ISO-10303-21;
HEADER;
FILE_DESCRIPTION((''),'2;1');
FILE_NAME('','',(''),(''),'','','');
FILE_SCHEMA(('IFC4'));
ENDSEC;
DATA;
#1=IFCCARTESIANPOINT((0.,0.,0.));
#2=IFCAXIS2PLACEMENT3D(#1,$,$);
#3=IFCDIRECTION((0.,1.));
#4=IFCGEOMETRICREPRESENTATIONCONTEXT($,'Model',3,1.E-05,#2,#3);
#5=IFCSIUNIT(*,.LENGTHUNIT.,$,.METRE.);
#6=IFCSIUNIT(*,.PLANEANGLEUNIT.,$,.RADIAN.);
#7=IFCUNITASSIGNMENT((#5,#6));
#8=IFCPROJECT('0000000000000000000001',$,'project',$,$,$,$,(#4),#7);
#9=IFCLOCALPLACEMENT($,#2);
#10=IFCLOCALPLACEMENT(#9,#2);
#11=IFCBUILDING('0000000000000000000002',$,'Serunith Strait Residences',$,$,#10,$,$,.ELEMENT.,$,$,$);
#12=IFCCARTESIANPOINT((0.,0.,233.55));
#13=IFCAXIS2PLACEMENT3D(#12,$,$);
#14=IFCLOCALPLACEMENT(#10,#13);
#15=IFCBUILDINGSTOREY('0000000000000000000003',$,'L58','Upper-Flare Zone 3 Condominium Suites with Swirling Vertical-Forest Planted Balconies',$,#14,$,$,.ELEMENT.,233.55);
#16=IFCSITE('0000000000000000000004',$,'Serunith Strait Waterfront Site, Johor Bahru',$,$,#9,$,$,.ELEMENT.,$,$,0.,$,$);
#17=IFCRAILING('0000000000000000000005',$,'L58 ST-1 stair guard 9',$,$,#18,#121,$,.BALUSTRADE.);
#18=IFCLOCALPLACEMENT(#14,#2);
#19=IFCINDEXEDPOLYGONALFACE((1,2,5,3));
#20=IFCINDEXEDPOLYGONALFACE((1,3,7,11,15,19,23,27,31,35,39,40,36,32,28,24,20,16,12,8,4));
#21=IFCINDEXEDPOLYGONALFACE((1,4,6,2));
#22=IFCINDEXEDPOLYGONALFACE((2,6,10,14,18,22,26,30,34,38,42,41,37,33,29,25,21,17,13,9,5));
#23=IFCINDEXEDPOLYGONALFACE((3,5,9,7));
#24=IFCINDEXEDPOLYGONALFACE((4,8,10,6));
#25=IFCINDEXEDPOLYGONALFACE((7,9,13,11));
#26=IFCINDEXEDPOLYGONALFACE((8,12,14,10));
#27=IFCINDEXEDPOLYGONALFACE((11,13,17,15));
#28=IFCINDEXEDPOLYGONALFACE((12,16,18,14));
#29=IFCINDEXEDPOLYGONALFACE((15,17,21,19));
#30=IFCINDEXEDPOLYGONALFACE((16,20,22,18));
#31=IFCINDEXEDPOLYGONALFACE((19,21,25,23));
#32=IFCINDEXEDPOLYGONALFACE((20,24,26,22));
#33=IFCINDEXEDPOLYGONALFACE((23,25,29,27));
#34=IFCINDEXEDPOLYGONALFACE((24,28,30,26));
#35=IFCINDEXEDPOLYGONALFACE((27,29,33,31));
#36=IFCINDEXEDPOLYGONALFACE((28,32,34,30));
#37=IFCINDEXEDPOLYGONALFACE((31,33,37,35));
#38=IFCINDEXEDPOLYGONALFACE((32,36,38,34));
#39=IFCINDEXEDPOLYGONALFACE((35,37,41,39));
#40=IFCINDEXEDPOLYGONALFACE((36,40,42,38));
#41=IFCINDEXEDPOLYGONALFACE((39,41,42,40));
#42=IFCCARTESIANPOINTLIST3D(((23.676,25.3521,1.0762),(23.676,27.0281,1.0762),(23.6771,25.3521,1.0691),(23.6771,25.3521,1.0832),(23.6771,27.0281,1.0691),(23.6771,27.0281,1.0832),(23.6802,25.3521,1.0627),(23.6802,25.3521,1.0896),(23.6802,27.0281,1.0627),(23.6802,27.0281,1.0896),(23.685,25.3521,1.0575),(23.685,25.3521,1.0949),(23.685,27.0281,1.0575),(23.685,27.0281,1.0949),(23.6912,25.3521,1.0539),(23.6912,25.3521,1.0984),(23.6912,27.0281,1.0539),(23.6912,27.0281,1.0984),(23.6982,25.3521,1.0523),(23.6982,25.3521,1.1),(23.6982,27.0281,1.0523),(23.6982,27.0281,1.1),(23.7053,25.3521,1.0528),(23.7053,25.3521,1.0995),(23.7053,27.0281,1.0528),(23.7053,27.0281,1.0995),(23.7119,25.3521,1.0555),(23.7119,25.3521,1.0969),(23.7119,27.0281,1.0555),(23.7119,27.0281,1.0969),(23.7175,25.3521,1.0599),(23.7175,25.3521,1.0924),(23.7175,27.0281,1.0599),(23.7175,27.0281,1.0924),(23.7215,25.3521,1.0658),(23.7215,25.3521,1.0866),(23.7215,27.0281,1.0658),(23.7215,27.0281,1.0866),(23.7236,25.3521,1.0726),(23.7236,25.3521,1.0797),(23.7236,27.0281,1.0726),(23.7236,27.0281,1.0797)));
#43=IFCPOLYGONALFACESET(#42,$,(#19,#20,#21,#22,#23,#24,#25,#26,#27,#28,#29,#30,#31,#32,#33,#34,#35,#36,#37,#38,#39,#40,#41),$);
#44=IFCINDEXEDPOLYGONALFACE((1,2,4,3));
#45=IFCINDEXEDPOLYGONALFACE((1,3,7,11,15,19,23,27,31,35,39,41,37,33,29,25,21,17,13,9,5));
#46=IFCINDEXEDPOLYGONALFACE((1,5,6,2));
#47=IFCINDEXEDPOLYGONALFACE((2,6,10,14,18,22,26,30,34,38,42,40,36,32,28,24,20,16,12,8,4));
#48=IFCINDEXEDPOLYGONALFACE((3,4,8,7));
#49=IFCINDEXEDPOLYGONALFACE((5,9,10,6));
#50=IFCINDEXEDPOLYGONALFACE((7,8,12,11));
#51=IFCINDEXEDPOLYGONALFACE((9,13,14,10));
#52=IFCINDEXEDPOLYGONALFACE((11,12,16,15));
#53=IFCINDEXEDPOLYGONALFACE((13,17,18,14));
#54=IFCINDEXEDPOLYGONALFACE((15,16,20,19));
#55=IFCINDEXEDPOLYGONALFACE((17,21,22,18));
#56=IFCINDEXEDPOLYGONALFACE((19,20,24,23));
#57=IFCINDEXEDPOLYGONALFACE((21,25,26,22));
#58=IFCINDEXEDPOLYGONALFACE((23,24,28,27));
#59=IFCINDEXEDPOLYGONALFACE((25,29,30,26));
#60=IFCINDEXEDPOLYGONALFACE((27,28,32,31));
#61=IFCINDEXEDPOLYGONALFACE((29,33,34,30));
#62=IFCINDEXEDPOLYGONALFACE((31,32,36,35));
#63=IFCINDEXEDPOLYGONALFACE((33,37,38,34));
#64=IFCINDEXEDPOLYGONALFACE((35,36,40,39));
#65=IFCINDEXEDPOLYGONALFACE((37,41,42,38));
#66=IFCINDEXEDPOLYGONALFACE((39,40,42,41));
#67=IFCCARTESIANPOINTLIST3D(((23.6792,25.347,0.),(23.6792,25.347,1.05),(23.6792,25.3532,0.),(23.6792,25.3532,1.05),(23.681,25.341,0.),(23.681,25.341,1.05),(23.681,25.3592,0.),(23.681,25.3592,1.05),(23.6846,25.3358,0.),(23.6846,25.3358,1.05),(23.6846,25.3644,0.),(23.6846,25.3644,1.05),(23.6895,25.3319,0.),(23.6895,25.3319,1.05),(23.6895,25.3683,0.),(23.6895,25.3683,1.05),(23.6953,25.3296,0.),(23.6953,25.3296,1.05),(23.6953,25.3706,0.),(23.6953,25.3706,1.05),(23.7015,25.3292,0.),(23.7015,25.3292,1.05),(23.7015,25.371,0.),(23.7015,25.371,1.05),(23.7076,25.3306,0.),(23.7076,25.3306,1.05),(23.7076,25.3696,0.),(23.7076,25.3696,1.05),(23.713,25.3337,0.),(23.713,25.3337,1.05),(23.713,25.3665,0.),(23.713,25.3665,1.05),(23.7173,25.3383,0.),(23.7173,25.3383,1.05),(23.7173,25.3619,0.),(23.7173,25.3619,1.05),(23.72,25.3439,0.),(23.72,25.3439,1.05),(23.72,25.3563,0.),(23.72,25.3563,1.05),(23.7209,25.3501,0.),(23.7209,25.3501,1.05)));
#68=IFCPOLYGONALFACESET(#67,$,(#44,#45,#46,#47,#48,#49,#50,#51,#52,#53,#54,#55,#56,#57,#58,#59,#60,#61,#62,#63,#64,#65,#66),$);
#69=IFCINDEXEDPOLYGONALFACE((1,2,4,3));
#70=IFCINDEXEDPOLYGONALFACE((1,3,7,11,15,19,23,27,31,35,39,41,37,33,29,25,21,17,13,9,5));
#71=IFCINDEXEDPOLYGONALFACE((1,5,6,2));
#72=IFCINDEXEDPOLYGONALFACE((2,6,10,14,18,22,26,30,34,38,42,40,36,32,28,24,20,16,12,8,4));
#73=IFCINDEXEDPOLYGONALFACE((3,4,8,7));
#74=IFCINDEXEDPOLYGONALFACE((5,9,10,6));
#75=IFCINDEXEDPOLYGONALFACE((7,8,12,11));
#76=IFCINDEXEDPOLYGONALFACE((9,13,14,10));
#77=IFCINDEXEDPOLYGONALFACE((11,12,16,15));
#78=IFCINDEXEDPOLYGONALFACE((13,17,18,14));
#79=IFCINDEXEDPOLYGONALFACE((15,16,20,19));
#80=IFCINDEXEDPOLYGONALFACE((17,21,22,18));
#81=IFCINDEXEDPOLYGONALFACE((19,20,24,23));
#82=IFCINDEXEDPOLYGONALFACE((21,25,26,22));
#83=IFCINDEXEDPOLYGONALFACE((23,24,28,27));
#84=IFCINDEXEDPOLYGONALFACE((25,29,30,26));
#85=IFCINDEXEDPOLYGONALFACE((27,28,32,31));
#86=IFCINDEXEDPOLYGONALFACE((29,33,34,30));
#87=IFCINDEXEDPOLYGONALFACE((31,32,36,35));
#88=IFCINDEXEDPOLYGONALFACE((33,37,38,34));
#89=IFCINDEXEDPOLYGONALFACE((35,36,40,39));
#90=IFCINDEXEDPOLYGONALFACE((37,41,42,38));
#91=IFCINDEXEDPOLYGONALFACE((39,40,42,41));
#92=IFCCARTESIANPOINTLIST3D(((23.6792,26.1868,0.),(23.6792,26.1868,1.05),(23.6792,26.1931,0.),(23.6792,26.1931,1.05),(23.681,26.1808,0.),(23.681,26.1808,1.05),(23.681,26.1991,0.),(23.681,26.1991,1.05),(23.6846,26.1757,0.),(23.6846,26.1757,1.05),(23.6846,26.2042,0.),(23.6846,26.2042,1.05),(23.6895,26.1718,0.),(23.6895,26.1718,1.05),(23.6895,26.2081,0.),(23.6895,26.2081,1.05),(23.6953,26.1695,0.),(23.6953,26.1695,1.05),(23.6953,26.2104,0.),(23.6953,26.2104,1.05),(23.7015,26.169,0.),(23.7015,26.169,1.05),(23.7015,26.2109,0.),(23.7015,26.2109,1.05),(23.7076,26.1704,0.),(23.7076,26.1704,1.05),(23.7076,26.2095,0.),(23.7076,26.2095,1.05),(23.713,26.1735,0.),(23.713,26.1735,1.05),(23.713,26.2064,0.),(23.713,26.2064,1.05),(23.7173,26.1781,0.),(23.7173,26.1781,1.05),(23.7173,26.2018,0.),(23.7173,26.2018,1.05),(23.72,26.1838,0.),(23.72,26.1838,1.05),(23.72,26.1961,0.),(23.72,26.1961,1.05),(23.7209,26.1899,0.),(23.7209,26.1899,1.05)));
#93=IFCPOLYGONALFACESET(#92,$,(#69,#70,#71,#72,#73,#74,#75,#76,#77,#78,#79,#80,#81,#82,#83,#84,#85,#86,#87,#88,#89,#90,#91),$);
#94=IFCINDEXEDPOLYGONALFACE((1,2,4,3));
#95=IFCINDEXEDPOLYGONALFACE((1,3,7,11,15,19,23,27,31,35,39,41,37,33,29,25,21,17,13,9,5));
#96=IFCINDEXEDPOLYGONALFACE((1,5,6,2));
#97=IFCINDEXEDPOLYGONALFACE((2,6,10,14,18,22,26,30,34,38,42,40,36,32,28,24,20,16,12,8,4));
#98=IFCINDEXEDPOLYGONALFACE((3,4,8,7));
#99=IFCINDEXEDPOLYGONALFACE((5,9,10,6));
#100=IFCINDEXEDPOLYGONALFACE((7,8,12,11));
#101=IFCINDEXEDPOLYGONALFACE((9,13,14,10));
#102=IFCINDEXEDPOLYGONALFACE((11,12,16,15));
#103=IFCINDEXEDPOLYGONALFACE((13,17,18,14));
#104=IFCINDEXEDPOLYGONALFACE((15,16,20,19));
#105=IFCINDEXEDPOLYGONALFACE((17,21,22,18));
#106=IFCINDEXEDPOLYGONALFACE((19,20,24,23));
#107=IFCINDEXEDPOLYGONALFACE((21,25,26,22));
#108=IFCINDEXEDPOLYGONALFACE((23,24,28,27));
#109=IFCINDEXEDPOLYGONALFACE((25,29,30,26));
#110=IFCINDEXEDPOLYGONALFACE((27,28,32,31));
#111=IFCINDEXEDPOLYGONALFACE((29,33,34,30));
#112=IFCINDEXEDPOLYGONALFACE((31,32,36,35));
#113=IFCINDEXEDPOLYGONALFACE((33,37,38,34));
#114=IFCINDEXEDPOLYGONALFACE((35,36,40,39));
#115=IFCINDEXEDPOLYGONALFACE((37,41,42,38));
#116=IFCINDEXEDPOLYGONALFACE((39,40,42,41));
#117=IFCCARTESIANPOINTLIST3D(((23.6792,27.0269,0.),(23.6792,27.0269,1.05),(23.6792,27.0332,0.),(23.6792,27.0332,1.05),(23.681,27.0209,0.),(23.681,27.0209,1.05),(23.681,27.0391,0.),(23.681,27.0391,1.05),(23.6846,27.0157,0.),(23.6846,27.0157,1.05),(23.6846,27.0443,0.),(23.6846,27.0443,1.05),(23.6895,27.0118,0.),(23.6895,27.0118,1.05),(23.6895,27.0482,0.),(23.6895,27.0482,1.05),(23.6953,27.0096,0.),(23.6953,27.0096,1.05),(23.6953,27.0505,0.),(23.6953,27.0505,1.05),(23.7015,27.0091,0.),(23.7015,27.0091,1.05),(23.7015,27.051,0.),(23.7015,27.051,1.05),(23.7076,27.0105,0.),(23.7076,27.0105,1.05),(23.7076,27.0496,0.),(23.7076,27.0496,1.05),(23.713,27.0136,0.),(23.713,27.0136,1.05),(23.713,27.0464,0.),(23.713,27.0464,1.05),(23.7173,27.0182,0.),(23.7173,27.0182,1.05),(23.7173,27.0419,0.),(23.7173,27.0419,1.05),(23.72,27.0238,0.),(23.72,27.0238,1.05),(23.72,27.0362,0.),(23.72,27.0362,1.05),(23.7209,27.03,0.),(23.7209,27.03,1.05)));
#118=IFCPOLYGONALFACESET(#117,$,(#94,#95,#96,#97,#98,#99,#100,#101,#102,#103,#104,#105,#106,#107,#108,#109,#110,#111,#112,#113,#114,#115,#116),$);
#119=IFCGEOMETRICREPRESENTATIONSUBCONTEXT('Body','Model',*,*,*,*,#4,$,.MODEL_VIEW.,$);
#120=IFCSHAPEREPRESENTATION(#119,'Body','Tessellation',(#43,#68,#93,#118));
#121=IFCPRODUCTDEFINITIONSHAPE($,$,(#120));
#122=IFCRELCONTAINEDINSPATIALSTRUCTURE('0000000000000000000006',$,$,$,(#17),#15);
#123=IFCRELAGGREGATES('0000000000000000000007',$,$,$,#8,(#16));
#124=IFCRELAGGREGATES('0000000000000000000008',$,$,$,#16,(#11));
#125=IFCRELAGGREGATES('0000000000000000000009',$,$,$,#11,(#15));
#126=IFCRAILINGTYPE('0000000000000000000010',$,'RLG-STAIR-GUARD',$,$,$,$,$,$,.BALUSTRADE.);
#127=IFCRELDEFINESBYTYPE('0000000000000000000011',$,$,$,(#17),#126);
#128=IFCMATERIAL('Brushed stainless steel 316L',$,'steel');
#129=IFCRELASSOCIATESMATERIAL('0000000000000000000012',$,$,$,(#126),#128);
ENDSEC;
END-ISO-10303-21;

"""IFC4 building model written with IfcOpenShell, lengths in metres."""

from ifc_helpers import new_model, si_unit, direction, frame, origin, origin_2d, place, context, subcontext, project, spatial, circle, extrude, material, type_object, element, save


model = new_model("IFC4")

# Units and contexts
model_context = context("Model", 3, precision=1e-05, world=origin(), true_north=direction((0.0, 1.0)))
body_context = subcontext(model_context, "Body", "Model", "MODEL_VIEW")
ifc_project = project(units=[si_unit("LENGTHUNIT", "METRE"), si_unit("PLANEANGLEUNIT", "RADIAN")], contexts=[model_context])

# Site, building, storey
site_placement = place(None, origin())
site = spatial("IfcSite", under=ifc_project, at=site_placement, Name="Serunith Strait Waterfront Site, Johor Bahru", CompositionType="ELEMENT", RefElevation=0.0)
building_placement = place(site_placement, origin())
building = spatial("IfcBuilding", under=site, at=building_placement, Name="Serunith Strait Residences", CompositionType="ELEMENT")
storey_placement = place(building_placement, frame((0.0, 0.0, 233.55)))
storey = spatial("IfcBuildingStorey", under=building, at=storey_placement, Name="L58", Description="Upper-Flare Zone 3 Condominium Suites with Swirling Vertical-Forest Planted Balconies", CompositionType="ELEMENT", Elevation=233.55)

# Railing
ifc_material_1 = material(Name="Brushed stainless steel 316L", Category="steel")
railing_type_1 = type_object("IfcRailingType", Name="RLG-STAIR-GUARD", PredefinedType="BALUSTRADE", material=ifc_material_1)
for number, where, name in (
    (1, (23.7, 25.3501, 0.0), "L58 ST-1 stair guard 9"),
):
    element("IfcRailing", number, at=place(storey_placement, frame(where)), inside=storey, type_object=railing_type_1, Name=name, PredefinedType="BALUSTRADE", context=body_context, shape_type="SweptSolid", body=[
        extrude(circle(Radius=0.0239, at=origin_2d()), frame((0.0, 0.002, 1.0762), z_axis=(0.0, 1.0, 0.0), x_axis=(-1.0, 0.0, 0.0)), (0.0, 0.0, 1.0), 1.676),
        extrude(circle(Radius=0.021, at=origin_2d()), origin(), (0.0, 0.0, 1.0), 1.05),
        extrude(circle(Radius=0.021, at=origin_2d()), frame((0.0, 0.8398, 0.0)), (0.0, 0.0, 1.0), 1.05),
        extrude(circle(Radius=0.021, at=origin_2d()), frame((0.0, 1.6799, 0.0)), (0.0, 0.0, 1.0), 1.05),
    ])

save(model, "model.ifc")
